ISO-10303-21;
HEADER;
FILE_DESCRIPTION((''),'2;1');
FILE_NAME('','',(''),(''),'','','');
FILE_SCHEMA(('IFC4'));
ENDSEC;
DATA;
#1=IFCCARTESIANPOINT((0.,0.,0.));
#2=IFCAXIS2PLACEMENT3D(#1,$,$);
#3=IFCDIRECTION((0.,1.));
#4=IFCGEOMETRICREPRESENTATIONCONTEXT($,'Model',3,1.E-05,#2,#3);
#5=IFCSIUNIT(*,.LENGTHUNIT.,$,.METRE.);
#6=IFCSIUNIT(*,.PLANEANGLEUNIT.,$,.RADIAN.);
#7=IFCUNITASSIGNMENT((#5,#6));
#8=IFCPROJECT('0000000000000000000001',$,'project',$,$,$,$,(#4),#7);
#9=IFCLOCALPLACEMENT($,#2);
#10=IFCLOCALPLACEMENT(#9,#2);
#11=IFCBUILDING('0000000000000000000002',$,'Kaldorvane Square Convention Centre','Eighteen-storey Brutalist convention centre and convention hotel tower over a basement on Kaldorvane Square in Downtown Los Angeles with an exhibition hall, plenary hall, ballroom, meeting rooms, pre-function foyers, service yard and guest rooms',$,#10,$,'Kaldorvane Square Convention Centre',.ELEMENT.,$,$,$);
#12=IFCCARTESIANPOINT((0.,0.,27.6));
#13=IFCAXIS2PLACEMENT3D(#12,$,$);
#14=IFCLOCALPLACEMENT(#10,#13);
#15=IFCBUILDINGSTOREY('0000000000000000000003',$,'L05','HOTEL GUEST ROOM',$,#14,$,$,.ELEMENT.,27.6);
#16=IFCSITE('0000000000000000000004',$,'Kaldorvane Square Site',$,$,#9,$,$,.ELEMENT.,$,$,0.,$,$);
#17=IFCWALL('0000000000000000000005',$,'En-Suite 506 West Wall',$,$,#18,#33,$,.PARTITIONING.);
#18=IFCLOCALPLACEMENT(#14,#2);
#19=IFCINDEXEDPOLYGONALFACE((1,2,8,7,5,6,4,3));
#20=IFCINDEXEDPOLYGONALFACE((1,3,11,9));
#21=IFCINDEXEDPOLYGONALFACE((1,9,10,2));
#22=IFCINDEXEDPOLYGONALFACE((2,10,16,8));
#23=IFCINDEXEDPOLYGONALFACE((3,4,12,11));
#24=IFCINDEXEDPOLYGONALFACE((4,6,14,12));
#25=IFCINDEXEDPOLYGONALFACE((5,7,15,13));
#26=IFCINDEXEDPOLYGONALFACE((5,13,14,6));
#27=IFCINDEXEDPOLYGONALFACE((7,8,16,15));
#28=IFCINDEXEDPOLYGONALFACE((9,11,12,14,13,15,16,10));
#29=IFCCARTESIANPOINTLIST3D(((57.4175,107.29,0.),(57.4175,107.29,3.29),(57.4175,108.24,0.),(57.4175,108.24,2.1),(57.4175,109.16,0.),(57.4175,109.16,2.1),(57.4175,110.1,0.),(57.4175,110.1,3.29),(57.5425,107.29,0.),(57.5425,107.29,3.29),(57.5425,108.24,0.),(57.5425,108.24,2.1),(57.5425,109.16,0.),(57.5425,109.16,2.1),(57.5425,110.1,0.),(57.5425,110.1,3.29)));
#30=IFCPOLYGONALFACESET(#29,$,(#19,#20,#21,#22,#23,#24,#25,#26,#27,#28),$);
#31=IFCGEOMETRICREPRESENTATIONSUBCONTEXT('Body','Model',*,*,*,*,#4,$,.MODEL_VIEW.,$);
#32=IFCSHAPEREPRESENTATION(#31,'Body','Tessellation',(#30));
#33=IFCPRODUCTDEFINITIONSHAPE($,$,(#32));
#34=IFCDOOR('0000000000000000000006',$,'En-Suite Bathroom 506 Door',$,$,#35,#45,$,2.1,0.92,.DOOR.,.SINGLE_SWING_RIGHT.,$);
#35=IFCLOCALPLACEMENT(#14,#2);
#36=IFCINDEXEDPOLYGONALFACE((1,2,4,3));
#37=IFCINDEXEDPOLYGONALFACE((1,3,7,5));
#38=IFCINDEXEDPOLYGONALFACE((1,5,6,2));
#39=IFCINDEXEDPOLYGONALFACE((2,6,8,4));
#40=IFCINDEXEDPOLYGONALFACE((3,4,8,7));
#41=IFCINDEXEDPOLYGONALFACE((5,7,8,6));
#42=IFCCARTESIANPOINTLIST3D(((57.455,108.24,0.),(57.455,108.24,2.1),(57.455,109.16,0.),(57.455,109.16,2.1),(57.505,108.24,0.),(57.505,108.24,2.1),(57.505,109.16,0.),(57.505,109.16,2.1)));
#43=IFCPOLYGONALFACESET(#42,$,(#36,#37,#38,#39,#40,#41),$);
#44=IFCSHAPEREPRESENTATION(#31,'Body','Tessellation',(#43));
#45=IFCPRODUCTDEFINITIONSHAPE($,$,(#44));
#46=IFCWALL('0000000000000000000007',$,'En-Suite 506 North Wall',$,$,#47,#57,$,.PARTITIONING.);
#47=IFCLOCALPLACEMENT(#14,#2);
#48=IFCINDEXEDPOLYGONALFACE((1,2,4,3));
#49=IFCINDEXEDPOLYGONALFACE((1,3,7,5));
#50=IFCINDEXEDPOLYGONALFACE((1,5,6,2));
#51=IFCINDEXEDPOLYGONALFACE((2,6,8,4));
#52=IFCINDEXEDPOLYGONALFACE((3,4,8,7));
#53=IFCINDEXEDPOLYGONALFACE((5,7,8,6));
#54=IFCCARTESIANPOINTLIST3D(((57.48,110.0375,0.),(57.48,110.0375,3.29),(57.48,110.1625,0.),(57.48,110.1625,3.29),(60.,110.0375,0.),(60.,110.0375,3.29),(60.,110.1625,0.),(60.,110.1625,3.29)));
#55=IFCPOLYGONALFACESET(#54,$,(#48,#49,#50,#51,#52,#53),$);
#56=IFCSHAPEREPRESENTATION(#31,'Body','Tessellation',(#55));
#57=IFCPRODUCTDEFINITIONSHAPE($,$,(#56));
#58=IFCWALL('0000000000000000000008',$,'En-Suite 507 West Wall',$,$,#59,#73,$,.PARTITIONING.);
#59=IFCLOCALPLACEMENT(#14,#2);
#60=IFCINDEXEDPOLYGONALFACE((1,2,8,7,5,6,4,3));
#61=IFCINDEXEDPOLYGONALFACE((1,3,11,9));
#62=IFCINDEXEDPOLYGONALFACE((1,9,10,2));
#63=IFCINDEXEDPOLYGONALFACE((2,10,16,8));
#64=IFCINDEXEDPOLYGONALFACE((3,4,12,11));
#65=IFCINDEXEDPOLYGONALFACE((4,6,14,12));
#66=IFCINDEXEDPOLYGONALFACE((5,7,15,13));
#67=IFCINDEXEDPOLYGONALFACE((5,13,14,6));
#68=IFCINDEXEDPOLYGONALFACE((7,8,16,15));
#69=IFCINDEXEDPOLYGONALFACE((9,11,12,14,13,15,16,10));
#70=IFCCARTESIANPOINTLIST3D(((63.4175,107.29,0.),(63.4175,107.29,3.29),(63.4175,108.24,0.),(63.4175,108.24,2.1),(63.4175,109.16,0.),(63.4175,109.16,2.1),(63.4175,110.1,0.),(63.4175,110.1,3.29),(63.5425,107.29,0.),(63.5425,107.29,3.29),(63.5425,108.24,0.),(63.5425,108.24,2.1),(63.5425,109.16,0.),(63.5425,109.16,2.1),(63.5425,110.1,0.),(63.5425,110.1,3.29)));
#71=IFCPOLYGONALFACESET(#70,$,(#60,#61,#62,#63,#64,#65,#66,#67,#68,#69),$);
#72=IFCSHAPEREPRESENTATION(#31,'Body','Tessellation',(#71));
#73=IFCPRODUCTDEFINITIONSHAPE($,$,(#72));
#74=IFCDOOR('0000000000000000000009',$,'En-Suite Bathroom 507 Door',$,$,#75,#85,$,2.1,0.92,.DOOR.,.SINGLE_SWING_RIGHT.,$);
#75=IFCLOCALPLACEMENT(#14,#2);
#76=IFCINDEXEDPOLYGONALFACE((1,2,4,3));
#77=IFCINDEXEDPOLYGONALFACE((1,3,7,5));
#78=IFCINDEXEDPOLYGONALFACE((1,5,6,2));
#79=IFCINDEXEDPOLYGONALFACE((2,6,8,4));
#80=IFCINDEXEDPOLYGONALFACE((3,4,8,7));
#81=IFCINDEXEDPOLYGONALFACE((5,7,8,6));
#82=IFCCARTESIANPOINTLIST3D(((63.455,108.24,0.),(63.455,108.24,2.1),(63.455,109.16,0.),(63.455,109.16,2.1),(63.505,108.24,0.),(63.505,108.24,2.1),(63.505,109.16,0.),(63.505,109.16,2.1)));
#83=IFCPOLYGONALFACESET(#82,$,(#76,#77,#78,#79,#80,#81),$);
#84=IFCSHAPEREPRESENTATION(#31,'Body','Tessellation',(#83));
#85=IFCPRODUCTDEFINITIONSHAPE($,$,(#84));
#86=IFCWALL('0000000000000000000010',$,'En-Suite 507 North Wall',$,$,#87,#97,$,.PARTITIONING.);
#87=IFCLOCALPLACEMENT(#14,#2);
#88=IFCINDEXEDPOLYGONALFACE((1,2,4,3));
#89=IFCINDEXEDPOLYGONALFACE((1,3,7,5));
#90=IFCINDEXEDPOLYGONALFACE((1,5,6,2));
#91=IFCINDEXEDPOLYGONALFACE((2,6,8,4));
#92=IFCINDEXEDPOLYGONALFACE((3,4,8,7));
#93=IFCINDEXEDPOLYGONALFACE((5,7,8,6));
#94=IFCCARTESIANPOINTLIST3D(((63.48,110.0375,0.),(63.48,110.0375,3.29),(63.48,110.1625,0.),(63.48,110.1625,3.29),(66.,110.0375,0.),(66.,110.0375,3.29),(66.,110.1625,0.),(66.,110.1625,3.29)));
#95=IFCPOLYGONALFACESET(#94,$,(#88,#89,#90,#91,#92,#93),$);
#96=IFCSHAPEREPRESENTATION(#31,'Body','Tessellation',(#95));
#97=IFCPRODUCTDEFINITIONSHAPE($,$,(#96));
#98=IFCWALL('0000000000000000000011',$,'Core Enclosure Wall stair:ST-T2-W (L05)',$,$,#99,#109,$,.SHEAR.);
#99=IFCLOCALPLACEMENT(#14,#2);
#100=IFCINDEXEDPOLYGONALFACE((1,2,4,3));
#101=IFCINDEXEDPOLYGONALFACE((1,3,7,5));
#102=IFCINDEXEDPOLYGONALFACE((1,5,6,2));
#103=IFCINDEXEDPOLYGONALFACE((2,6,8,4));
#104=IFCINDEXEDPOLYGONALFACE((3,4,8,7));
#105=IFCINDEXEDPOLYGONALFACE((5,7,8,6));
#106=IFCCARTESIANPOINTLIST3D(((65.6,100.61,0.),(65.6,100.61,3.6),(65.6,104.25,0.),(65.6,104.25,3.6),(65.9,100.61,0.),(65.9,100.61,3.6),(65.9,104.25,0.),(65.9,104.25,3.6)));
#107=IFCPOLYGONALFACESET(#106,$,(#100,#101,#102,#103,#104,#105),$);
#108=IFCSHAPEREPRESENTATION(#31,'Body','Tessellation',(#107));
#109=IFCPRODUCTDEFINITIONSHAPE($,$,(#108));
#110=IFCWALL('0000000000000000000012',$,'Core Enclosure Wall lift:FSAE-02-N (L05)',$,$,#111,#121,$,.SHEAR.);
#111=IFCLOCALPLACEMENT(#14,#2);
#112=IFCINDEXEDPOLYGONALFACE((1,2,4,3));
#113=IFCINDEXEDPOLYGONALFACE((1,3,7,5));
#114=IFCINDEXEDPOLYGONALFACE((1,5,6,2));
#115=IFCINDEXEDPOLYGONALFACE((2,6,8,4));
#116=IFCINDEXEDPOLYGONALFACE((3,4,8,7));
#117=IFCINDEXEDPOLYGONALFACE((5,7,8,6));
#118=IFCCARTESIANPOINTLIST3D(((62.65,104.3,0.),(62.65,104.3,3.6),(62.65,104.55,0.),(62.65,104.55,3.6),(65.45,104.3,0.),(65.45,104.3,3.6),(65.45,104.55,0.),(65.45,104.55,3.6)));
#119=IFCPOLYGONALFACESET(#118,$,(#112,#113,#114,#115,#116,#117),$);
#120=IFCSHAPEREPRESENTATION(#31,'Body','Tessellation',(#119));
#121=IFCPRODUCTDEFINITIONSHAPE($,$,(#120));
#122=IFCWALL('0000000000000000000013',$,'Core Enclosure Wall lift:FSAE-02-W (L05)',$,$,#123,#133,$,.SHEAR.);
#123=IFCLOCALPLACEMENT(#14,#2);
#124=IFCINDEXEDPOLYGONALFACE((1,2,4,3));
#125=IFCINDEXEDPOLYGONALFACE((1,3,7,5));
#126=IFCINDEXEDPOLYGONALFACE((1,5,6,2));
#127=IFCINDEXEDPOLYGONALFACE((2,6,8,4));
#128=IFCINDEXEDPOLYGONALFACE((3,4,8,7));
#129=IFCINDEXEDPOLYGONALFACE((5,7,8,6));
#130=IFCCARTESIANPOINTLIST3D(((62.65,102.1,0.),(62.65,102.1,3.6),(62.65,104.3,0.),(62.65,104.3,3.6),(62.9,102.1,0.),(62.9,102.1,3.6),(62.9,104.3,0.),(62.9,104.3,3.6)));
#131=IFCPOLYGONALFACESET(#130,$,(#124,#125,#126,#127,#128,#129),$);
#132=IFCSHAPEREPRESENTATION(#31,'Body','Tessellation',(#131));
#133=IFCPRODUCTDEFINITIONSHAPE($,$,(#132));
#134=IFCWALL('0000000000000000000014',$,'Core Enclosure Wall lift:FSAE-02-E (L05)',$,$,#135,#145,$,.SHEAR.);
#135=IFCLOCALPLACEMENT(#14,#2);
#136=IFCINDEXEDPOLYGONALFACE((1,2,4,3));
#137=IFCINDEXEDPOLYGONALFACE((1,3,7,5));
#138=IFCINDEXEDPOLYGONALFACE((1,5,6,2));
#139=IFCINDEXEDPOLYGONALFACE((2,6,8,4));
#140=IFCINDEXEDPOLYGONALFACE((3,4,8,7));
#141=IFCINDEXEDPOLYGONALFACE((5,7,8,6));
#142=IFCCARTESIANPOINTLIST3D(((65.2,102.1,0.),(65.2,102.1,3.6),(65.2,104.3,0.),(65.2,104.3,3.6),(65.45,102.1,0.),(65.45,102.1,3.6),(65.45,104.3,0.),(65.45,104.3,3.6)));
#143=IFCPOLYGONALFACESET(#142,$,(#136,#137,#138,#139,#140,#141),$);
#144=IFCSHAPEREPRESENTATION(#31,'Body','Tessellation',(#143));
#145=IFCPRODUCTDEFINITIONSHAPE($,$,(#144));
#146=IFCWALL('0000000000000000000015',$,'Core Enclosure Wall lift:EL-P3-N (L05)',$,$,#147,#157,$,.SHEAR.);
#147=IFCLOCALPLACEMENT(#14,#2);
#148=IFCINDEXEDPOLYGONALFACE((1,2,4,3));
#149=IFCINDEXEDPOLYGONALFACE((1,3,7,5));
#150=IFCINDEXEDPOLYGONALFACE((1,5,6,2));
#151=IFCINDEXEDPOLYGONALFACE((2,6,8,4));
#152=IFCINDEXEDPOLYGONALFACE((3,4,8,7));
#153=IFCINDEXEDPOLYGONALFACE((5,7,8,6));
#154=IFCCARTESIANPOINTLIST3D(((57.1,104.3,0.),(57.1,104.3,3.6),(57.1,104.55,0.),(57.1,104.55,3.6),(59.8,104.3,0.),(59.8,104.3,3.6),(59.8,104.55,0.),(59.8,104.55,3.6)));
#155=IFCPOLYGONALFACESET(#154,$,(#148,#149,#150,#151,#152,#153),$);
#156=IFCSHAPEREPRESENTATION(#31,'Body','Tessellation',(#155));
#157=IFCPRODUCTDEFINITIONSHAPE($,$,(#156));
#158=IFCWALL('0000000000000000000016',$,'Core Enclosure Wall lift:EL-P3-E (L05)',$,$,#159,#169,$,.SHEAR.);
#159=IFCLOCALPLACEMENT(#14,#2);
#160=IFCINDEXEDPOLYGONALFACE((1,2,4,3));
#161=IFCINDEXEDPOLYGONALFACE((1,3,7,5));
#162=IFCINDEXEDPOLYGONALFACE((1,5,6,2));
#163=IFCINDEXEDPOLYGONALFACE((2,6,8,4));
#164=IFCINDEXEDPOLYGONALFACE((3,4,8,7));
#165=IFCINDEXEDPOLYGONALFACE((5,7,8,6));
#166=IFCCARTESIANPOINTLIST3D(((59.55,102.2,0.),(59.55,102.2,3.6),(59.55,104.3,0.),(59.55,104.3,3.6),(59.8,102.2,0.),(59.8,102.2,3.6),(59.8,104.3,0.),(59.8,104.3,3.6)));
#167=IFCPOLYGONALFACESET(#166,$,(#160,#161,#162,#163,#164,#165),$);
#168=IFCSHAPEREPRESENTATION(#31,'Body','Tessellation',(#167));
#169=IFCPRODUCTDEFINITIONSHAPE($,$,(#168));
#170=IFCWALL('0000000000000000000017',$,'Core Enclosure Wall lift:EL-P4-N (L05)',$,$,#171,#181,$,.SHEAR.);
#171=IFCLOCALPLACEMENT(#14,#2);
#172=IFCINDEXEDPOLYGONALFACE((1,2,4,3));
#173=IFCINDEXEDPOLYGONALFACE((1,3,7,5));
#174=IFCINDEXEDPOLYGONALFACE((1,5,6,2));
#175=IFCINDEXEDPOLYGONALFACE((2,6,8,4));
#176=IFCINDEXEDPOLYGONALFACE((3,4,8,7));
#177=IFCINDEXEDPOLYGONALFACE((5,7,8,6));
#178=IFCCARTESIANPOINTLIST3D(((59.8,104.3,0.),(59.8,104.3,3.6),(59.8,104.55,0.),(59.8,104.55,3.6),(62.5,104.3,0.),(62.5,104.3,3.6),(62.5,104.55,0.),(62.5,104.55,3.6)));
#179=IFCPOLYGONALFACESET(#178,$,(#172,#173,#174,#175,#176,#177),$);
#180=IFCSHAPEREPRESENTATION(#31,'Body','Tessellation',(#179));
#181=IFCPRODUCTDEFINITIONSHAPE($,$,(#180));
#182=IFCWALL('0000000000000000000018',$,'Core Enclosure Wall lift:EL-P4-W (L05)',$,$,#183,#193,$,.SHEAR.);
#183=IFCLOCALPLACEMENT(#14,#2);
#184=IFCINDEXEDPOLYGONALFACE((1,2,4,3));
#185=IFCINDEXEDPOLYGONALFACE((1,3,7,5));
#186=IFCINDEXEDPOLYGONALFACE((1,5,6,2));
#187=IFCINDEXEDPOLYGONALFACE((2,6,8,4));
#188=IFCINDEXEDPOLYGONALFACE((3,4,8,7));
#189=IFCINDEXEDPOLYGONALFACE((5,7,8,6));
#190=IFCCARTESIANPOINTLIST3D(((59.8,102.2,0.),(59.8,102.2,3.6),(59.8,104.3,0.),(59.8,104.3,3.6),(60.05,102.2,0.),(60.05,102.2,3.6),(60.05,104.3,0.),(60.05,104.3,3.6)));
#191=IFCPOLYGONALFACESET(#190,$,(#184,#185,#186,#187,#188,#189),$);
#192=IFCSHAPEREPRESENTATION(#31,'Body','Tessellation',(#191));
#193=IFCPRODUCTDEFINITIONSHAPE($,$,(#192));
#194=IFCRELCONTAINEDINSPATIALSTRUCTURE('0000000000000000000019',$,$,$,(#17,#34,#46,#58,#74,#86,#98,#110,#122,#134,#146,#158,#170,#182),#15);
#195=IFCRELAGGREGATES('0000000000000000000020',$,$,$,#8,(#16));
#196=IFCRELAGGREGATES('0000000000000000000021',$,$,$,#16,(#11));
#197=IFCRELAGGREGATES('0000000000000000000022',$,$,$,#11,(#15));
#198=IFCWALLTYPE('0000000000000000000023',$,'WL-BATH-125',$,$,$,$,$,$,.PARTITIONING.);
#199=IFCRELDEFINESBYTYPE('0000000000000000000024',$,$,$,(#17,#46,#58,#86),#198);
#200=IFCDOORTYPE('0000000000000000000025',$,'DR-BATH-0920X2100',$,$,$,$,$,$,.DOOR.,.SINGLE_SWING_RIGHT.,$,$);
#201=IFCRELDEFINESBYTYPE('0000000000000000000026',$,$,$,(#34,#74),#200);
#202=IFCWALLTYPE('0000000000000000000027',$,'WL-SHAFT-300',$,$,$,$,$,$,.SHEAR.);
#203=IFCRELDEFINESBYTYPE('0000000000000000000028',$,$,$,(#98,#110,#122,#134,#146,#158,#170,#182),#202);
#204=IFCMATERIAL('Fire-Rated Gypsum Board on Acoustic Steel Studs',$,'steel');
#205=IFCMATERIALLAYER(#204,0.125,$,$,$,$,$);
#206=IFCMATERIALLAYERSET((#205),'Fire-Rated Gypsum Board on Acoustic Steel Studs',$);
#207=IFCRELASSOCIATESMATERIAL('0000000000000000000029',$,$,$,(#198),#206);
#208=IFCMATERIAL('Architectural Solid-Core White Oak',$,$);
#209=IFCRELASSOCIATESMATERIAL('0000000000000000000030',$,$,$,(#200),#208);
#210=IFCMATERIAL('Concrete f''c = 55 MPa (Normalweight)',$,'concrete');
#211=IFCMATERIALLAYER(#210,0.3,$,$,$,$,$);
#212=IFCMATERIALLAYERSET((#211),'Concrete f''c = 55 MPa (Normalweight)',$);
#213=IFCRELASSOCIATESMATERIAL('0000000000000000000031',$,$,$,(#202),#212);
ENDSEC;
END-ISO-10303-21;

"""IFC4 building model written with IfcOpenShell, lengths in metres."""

from ifc_helpers import new_model, si_unit, direction, frame, frame_2d, origin, place, context, subcontext, project, spatial, rectangle, extrude, material, layer, layer_set, type_object, element, fill, save


model = new_model("IFC4")

# Units and contexts
model_context = context("Model", 3, precision=1e-05, world=origin(), true_north=direction((0.0, 1.0)))
body_context = subcontext(model_context, "Body", "Model", "MODEL_VIEW")
ifc_project = project(units=[si_unit("LENGTHUNIT", "METRE"), si_unit("PLANEANGLEUNIT", "RADIAN")], contexts=[model_context])

# Site, building, storey
site_placement = place(None, origin())
site = spatial("IfcSite", under=ifc_project, at=site_placement, Name="Kaldorvane Square Site", CompositionType="ELEMENT", RefElevation=0.0)
building_placement = place(site_placement, origin())
building = spatial("IfcBuilding", under=site, at=building_placement, Name="Kaldorvane Square Convention Centre", Description="Eighteen-storey Brutalist convention centre and convention hotel tower over a basement on Kaldorvane Square in Downtown Los Angeles with an exhibition hall, plenary hall, ballroom, meeting rooms, pre-function foyers, service yard and guest rooms", LongName="Kaldorvane Square Convention Centre", CompositionType="ELEMENT")
storey_placement = place(building_placement, frame((0.0, 0.0, 27.6)))
storey = spatial("IfcBuildingStorey", under=building, at=storey_placement, Name="L05", Description="HOTEL GUEST ROOM", CompositionType="ELEMENT", Elevation=27.6)

# Shared definitions
ifc_material_1 = material(Name="Concrete f'c = 55 MPa (Normalweight)", Category="concrete")

# Wall, opening, door
ifc_material_2 = material(Name="Fire-Rated Gypsum Board on Acoustic Steel Studs", Category="steel")
ifc_layer_1 = layer(ifc_material_2, 0.125)
ifc_layer_set_1 = layer_set([ifc_layer_1], Name="Fire-Rated Gypsum Board on Acoustic Steel Studs")
wall_type_1 = type_object("IfcWallType", Name="WL-BATH-125", PredefinedType="PARTITIONING", material=ifc_layer_set_1)
wall_1_placement = place(storey_placement, frame((57.48, 107.29, 0.0), z_axis=(0.0, 0.0, 1.0), x_axis=(0.0, 1.0, 0.0)))
wall_1 = element("IfcWall", 1, at=wall_1_placement, inside=storey, type_object=wall_type_1, Name="En-Suite 506 West Wall", PredefinedType="PARTITIONING", context=body_context, shape_type="SweptSolid", body=[
    extrude(rectangle(XDim=2.81, YDim=0.125, at=frame_2d((1.405, 0.0))), origin(), (0.0, 0.0, 1.0), 3.29),
])
opening_1_placement = place(wall_1_placement, frame((0.95, 0.0, 0.0)))
opening_1 = element("IfcOpeningElement", 2, at=opening_1_placement, cuts=wall_1, PredefinedType="OPENING", context=body_context, shape_type="SweptSolid", body=[
    extrude(rectangle(XDim=0.92, YDim=2.1, at=frame_2d((0.46, 1.05))), frame((0.0, 0.0775, 0.0), z_axis=(0.0, -1.0, 0.0), x_axis=(1.0, 0.0, 0.0)), (0.0, 0.0, 1.0), 0.155),
])
ifc_material_3 = material(Name="Architectural Solid-Core White Oak")
door_type_1 = type_object("IfcDoorType", Name="DR-BATH-0920X2100", OperationType="SINGLE_SWING_RIGHT", PredefinedType="DOOR", material=ifc_material_3)
door_1_placement = place(opening_1_placement, origin())
door_1 = element("IfcDoor", 3, at=door_1_placement, inside=storey, type_object=door_type_1, Name="En-Suite Bathroom 506 Door", OperationType="SINGLE_SWING_RIGHT", OverallHeight=2.1, OverallWidth=0.92, PredefinedType="DOOR", context=body_context, shape_type="SweptSolid", body=[
    extrude(rectangle(XDim=0.92, YDim=2.1, at=frame_2d((0.46, 1.05))), frame((0.0, 0.025, 0.0), z_axis=(0.0, -1.0, 0.0), x_axis=(1.0, 0.0, 0.0)), (0.0, 0.0, 1.0), 0.05),
])
fill(opening_1, door_1)

# Wall
wall_2_placement = place(storey_placement, frame((57.48, 110.1, 0.0), z_axis=(0.0, 0.0, 1.0), x_axis=(1.0, 0.0, 0.0)))
element("IfcWall", 4, at=wall_2_placement, inside=storey, type_object=wall_type_1, Name="En-Suite 506 North Wall", PredefinedType="PARTITIONING", context=body_context, shape_type="SweptSolid", body=[
    extrude(rectangle(XDim=2.52, YDim=0.125, at=frame_2d((1.26, 0.0))), origin(), (0.0, 0.0, 1.0), 3.29),
])

# Wall, opening, door
wall_3_placement = place(storey_placement, frame((63.48, 107.29, 0.0), z_axis=(0.0, 0.0, 1.0), x_axis=(0.0, 1.0, 0.0)))
wall_3 = element("IfcWall", 5, at=wall_3_placement, inside=storey, type_object=wall_type_1, Name="En-Suite 507 West Wall", PredefinedType="PARTITIONING", context=body_context, shape_type="SweptSolid", body=[
    extrude(rectangle(XDim=2.81, YDim=0.125, at=frame_2d((1.405, 0.0))), origin(), (0.0, 0.0, 1.0), 3.29),
])
opening_2_placement = place(wall_3_placement, frame((0.95, 0.0, 0.0)))
opening_2 = element("IfcOpeningElement", 6, at=opening_2_placement, cuts=wall_3, PredefinedType="OPENING", context=body_context, shape_type="SweptSolid", body=[
    extrude(rectangle(XDim=0.92, YDim=2.1, at=frame_2d((0.46, 1.05))), frame((0.0, 0.0775, 0.0), z_axis=(0.0, -1.0, 0.0), x_axis=(1.0, 0.0, 0.0)), (0.0, 0.0, 1.0), 0.155),
])
door_2_placement = place(opening_2_placement, origin())
door_2 = element("IfcDoor", 7, at=door_2_placement, inside=storey, type_object=door_type_1, Name="En-Suite Bathroom 507 Door", OperationType="SINGLE_SWING_RIGHT", OverallHeight=2.1, OverallWidth=0.92, PredefinedType="DOOR", context=body_context, shape_type="SweptSolid", body=[
    extrude(rectangle(XDim=0.92, YDim=2.1, at=frame_2d((0.46, 1.05))), frame((0.0, 0.025, 0.0), z_axis=(0.0, -1.0, 0.0), x_axis=(1.0, 0.0, 0.0)), (0.0, 0.0, 1.0), 0.05),
])
fill(opening_2, door_2)

# Walls
wall_4_placement = place(storey_placement, frame((63.48, 110.1, 0.0), z_axis=(0.0, 0.0, 1.0), x_axis=(1.0, 0.0, 0.0)))
element("IfcWall", 8, at=wall_4_placement, inside=storey, type_object=wall_type_1, Name="En-Suite 507 North Wall", PredefinedType="PARTITIONING", context=body_context, shape_type="SweptSolid", body=[
    extrude(rectangle(XDim=2.52, YDim=0.125, at=frame_2d((1.26, 0.0))), origin(), (0.0, 0.0, 1.0), 3.29),
])
ifc_layer_2 = layer(ifc_material_1, 0.3)
ifc_layer_set_2 = layer_set([ifc_layer_2], Name="Concrete f'c = 55 MPa (Normalweight)")
wall_type_2 = type_object("IfcWallType", Name="WL-SHAFT-300", PredefinedType="SHEAR", material=ifc_layer_set_2)
wall_5_placement = place(storey_placement, frame((65.75, 104.25, 0.0), z_axis=(0.0, 0.0, 1.0), x_axis=(0.0, -1.0, 0.0)))
element("IfcWall", 9, at=wall_5_placement, inside=storey, type_object=wall_type_2, Name="Core Enclosure Wall stair:ST-T2-W (L05)", PredefinedType="SHEAR", context=body_context, shape_type="SweptSolid", body=[
    extrude(rectangle(XDim=3.64, YDim=0.3, at=frame_2d((1.82, 0.0))), origin(), (0.0, 0.0, 1.0), 3.6),
])
wall_6_placement = place(storey_placement, frame((65.45, 104.425, 0.0), z_axis=(0.0, 0.0, 1.0), x_axis=(-1.0, 0.0, 0.0)))
element("IfcWall", 10, at=wall_6_placement, inside=storey, type_object=wall_type_2, Name="Core Enclosure Wall lift:FSAE-02-N (L05)", PredefinedType="SHEAR", context=body_context, shape_type="SweptSolid", body=[
    extrude(rectangle(XDim=2.8, YDim=0.25, at=frame_2d((1.4, 0.0))), origin(), (0.0, 0.0, 1.0), 3.6),
])
for number, where, z_axis, x_axis, name in (
    (11, (62.775, 104.3, 0.0), (0.0, 0.0, 1.0), (0.0, -1.0, 0.0), "Core Enclosure Wall lift:FSAE-02-W (L05)"),
    (12, (65.325, 102.1, 0.0), (0.0, 0.0, 1.0), (0.0, 1.0, 0.0), "Core Enclosure Wall lift:FSAE-02-E (L05)"),
):
    element("IfcWall", number, at=place(storey_placement, frame(where, z_axis=z_axis, x_axis=x_axis)), inside=storey, type_object=wall_type_2, Name=name, PredefinedType="SHEAR", context=body_context, shape_type="SweptSolid", body=[
        extrude(rectangle(XDim=2.2, YDim=0.25, at=frame_2d((1.1, 0.0))), origin(), (0.0, 0.0, 1.0), 3.6),
    ])
wall_7_placement = place(storey_placement, frame((59.8, 104.425, 0.0), z_axis=(0.0, 0.0, 1.0), x_axis=(-1.0, 0.0, 0.0)))
element("IfcWall", 13, at=wall_7_placement, inside=storey, type_object=wall_type_2, Name="Core Enclosure Wall lift:EL-P3-N (L05)", PredefinedType="SHEAR", context=body_context, shape_type="SweptSolid", body=[
    extrude(rectangle(XDim=2.7, YDim=0.25, at=frame_2d((1.35, 0.0))), origin(), (0.0, 0.0, 1.0), 3.6),
])
wall_8_placement = place(storey_placement, frame((59.675, 102.2, 0.0), z_axis=(0.0, 0.0, 1.0), x_axis=(0.0, 1.0, 0.0)))
element("IfcWall", 14, at=wall_8_placement, inside=storey, type_object=wall_type_2, Name="Core Enclosure Wall lift:EL-P3-E (L05)", PredefinedType="SHEAR", context=body_context, shape_type="SweptSolid", body=[
    extrude(rectangle(XDim=2.1, YDim=0.25, at=frame_2d((1.05, 0.0))), origin(), (0.0, 0.0, 1.0), 3.6),
])
wall_9_placement = place(storey_placement, frame((62.5, 104.425, 0.0), z_axis=(0.0, 0.0, 1.0), x_axis=(-1.0, 0.0, 0.0)))
element("IfcWall", 15, at=wall_9_placement, inside=storey, type_object=wall_type_2, Name="Core Enclosure Wall lift:EL-P4-N (L05)", PredefinedType="SHEAR", context=body_context, shape_type="SweptSolid", body=[
    extrude(rectangle(XDim=2.7, YDim=0.25, at=frame_2d((1.35, 0.0))), origin(), (0.0, 0.0, 1.0), 3.6),
])
for number, where, z_axis, x_axis, name in (
    (16, (59.925, 104.3, 0.0), (0.0, 0.0, 1.0), (0.0, -1.0, 0.0), "Core Enclosure Wall lift:EL-P4-W (L05)"),
):
    element("IfcWall", number, at=place(storey_placement, frame(where, z_axis=z_axis, x_axis=x_axis)), inside=storey, type_object=wall_type_2, Name=name, PredefinedType="SHEAR", context=body_context, shape_type="SweptSolid", body=[
        extrude(rectangle(XDim=2.1, YDim=0.25, at=frame_2d((1.05, 0.0))), origin(), (0.0, 0.0, 1.0), 3.6),
    ])

save(model, "model.ifc")
